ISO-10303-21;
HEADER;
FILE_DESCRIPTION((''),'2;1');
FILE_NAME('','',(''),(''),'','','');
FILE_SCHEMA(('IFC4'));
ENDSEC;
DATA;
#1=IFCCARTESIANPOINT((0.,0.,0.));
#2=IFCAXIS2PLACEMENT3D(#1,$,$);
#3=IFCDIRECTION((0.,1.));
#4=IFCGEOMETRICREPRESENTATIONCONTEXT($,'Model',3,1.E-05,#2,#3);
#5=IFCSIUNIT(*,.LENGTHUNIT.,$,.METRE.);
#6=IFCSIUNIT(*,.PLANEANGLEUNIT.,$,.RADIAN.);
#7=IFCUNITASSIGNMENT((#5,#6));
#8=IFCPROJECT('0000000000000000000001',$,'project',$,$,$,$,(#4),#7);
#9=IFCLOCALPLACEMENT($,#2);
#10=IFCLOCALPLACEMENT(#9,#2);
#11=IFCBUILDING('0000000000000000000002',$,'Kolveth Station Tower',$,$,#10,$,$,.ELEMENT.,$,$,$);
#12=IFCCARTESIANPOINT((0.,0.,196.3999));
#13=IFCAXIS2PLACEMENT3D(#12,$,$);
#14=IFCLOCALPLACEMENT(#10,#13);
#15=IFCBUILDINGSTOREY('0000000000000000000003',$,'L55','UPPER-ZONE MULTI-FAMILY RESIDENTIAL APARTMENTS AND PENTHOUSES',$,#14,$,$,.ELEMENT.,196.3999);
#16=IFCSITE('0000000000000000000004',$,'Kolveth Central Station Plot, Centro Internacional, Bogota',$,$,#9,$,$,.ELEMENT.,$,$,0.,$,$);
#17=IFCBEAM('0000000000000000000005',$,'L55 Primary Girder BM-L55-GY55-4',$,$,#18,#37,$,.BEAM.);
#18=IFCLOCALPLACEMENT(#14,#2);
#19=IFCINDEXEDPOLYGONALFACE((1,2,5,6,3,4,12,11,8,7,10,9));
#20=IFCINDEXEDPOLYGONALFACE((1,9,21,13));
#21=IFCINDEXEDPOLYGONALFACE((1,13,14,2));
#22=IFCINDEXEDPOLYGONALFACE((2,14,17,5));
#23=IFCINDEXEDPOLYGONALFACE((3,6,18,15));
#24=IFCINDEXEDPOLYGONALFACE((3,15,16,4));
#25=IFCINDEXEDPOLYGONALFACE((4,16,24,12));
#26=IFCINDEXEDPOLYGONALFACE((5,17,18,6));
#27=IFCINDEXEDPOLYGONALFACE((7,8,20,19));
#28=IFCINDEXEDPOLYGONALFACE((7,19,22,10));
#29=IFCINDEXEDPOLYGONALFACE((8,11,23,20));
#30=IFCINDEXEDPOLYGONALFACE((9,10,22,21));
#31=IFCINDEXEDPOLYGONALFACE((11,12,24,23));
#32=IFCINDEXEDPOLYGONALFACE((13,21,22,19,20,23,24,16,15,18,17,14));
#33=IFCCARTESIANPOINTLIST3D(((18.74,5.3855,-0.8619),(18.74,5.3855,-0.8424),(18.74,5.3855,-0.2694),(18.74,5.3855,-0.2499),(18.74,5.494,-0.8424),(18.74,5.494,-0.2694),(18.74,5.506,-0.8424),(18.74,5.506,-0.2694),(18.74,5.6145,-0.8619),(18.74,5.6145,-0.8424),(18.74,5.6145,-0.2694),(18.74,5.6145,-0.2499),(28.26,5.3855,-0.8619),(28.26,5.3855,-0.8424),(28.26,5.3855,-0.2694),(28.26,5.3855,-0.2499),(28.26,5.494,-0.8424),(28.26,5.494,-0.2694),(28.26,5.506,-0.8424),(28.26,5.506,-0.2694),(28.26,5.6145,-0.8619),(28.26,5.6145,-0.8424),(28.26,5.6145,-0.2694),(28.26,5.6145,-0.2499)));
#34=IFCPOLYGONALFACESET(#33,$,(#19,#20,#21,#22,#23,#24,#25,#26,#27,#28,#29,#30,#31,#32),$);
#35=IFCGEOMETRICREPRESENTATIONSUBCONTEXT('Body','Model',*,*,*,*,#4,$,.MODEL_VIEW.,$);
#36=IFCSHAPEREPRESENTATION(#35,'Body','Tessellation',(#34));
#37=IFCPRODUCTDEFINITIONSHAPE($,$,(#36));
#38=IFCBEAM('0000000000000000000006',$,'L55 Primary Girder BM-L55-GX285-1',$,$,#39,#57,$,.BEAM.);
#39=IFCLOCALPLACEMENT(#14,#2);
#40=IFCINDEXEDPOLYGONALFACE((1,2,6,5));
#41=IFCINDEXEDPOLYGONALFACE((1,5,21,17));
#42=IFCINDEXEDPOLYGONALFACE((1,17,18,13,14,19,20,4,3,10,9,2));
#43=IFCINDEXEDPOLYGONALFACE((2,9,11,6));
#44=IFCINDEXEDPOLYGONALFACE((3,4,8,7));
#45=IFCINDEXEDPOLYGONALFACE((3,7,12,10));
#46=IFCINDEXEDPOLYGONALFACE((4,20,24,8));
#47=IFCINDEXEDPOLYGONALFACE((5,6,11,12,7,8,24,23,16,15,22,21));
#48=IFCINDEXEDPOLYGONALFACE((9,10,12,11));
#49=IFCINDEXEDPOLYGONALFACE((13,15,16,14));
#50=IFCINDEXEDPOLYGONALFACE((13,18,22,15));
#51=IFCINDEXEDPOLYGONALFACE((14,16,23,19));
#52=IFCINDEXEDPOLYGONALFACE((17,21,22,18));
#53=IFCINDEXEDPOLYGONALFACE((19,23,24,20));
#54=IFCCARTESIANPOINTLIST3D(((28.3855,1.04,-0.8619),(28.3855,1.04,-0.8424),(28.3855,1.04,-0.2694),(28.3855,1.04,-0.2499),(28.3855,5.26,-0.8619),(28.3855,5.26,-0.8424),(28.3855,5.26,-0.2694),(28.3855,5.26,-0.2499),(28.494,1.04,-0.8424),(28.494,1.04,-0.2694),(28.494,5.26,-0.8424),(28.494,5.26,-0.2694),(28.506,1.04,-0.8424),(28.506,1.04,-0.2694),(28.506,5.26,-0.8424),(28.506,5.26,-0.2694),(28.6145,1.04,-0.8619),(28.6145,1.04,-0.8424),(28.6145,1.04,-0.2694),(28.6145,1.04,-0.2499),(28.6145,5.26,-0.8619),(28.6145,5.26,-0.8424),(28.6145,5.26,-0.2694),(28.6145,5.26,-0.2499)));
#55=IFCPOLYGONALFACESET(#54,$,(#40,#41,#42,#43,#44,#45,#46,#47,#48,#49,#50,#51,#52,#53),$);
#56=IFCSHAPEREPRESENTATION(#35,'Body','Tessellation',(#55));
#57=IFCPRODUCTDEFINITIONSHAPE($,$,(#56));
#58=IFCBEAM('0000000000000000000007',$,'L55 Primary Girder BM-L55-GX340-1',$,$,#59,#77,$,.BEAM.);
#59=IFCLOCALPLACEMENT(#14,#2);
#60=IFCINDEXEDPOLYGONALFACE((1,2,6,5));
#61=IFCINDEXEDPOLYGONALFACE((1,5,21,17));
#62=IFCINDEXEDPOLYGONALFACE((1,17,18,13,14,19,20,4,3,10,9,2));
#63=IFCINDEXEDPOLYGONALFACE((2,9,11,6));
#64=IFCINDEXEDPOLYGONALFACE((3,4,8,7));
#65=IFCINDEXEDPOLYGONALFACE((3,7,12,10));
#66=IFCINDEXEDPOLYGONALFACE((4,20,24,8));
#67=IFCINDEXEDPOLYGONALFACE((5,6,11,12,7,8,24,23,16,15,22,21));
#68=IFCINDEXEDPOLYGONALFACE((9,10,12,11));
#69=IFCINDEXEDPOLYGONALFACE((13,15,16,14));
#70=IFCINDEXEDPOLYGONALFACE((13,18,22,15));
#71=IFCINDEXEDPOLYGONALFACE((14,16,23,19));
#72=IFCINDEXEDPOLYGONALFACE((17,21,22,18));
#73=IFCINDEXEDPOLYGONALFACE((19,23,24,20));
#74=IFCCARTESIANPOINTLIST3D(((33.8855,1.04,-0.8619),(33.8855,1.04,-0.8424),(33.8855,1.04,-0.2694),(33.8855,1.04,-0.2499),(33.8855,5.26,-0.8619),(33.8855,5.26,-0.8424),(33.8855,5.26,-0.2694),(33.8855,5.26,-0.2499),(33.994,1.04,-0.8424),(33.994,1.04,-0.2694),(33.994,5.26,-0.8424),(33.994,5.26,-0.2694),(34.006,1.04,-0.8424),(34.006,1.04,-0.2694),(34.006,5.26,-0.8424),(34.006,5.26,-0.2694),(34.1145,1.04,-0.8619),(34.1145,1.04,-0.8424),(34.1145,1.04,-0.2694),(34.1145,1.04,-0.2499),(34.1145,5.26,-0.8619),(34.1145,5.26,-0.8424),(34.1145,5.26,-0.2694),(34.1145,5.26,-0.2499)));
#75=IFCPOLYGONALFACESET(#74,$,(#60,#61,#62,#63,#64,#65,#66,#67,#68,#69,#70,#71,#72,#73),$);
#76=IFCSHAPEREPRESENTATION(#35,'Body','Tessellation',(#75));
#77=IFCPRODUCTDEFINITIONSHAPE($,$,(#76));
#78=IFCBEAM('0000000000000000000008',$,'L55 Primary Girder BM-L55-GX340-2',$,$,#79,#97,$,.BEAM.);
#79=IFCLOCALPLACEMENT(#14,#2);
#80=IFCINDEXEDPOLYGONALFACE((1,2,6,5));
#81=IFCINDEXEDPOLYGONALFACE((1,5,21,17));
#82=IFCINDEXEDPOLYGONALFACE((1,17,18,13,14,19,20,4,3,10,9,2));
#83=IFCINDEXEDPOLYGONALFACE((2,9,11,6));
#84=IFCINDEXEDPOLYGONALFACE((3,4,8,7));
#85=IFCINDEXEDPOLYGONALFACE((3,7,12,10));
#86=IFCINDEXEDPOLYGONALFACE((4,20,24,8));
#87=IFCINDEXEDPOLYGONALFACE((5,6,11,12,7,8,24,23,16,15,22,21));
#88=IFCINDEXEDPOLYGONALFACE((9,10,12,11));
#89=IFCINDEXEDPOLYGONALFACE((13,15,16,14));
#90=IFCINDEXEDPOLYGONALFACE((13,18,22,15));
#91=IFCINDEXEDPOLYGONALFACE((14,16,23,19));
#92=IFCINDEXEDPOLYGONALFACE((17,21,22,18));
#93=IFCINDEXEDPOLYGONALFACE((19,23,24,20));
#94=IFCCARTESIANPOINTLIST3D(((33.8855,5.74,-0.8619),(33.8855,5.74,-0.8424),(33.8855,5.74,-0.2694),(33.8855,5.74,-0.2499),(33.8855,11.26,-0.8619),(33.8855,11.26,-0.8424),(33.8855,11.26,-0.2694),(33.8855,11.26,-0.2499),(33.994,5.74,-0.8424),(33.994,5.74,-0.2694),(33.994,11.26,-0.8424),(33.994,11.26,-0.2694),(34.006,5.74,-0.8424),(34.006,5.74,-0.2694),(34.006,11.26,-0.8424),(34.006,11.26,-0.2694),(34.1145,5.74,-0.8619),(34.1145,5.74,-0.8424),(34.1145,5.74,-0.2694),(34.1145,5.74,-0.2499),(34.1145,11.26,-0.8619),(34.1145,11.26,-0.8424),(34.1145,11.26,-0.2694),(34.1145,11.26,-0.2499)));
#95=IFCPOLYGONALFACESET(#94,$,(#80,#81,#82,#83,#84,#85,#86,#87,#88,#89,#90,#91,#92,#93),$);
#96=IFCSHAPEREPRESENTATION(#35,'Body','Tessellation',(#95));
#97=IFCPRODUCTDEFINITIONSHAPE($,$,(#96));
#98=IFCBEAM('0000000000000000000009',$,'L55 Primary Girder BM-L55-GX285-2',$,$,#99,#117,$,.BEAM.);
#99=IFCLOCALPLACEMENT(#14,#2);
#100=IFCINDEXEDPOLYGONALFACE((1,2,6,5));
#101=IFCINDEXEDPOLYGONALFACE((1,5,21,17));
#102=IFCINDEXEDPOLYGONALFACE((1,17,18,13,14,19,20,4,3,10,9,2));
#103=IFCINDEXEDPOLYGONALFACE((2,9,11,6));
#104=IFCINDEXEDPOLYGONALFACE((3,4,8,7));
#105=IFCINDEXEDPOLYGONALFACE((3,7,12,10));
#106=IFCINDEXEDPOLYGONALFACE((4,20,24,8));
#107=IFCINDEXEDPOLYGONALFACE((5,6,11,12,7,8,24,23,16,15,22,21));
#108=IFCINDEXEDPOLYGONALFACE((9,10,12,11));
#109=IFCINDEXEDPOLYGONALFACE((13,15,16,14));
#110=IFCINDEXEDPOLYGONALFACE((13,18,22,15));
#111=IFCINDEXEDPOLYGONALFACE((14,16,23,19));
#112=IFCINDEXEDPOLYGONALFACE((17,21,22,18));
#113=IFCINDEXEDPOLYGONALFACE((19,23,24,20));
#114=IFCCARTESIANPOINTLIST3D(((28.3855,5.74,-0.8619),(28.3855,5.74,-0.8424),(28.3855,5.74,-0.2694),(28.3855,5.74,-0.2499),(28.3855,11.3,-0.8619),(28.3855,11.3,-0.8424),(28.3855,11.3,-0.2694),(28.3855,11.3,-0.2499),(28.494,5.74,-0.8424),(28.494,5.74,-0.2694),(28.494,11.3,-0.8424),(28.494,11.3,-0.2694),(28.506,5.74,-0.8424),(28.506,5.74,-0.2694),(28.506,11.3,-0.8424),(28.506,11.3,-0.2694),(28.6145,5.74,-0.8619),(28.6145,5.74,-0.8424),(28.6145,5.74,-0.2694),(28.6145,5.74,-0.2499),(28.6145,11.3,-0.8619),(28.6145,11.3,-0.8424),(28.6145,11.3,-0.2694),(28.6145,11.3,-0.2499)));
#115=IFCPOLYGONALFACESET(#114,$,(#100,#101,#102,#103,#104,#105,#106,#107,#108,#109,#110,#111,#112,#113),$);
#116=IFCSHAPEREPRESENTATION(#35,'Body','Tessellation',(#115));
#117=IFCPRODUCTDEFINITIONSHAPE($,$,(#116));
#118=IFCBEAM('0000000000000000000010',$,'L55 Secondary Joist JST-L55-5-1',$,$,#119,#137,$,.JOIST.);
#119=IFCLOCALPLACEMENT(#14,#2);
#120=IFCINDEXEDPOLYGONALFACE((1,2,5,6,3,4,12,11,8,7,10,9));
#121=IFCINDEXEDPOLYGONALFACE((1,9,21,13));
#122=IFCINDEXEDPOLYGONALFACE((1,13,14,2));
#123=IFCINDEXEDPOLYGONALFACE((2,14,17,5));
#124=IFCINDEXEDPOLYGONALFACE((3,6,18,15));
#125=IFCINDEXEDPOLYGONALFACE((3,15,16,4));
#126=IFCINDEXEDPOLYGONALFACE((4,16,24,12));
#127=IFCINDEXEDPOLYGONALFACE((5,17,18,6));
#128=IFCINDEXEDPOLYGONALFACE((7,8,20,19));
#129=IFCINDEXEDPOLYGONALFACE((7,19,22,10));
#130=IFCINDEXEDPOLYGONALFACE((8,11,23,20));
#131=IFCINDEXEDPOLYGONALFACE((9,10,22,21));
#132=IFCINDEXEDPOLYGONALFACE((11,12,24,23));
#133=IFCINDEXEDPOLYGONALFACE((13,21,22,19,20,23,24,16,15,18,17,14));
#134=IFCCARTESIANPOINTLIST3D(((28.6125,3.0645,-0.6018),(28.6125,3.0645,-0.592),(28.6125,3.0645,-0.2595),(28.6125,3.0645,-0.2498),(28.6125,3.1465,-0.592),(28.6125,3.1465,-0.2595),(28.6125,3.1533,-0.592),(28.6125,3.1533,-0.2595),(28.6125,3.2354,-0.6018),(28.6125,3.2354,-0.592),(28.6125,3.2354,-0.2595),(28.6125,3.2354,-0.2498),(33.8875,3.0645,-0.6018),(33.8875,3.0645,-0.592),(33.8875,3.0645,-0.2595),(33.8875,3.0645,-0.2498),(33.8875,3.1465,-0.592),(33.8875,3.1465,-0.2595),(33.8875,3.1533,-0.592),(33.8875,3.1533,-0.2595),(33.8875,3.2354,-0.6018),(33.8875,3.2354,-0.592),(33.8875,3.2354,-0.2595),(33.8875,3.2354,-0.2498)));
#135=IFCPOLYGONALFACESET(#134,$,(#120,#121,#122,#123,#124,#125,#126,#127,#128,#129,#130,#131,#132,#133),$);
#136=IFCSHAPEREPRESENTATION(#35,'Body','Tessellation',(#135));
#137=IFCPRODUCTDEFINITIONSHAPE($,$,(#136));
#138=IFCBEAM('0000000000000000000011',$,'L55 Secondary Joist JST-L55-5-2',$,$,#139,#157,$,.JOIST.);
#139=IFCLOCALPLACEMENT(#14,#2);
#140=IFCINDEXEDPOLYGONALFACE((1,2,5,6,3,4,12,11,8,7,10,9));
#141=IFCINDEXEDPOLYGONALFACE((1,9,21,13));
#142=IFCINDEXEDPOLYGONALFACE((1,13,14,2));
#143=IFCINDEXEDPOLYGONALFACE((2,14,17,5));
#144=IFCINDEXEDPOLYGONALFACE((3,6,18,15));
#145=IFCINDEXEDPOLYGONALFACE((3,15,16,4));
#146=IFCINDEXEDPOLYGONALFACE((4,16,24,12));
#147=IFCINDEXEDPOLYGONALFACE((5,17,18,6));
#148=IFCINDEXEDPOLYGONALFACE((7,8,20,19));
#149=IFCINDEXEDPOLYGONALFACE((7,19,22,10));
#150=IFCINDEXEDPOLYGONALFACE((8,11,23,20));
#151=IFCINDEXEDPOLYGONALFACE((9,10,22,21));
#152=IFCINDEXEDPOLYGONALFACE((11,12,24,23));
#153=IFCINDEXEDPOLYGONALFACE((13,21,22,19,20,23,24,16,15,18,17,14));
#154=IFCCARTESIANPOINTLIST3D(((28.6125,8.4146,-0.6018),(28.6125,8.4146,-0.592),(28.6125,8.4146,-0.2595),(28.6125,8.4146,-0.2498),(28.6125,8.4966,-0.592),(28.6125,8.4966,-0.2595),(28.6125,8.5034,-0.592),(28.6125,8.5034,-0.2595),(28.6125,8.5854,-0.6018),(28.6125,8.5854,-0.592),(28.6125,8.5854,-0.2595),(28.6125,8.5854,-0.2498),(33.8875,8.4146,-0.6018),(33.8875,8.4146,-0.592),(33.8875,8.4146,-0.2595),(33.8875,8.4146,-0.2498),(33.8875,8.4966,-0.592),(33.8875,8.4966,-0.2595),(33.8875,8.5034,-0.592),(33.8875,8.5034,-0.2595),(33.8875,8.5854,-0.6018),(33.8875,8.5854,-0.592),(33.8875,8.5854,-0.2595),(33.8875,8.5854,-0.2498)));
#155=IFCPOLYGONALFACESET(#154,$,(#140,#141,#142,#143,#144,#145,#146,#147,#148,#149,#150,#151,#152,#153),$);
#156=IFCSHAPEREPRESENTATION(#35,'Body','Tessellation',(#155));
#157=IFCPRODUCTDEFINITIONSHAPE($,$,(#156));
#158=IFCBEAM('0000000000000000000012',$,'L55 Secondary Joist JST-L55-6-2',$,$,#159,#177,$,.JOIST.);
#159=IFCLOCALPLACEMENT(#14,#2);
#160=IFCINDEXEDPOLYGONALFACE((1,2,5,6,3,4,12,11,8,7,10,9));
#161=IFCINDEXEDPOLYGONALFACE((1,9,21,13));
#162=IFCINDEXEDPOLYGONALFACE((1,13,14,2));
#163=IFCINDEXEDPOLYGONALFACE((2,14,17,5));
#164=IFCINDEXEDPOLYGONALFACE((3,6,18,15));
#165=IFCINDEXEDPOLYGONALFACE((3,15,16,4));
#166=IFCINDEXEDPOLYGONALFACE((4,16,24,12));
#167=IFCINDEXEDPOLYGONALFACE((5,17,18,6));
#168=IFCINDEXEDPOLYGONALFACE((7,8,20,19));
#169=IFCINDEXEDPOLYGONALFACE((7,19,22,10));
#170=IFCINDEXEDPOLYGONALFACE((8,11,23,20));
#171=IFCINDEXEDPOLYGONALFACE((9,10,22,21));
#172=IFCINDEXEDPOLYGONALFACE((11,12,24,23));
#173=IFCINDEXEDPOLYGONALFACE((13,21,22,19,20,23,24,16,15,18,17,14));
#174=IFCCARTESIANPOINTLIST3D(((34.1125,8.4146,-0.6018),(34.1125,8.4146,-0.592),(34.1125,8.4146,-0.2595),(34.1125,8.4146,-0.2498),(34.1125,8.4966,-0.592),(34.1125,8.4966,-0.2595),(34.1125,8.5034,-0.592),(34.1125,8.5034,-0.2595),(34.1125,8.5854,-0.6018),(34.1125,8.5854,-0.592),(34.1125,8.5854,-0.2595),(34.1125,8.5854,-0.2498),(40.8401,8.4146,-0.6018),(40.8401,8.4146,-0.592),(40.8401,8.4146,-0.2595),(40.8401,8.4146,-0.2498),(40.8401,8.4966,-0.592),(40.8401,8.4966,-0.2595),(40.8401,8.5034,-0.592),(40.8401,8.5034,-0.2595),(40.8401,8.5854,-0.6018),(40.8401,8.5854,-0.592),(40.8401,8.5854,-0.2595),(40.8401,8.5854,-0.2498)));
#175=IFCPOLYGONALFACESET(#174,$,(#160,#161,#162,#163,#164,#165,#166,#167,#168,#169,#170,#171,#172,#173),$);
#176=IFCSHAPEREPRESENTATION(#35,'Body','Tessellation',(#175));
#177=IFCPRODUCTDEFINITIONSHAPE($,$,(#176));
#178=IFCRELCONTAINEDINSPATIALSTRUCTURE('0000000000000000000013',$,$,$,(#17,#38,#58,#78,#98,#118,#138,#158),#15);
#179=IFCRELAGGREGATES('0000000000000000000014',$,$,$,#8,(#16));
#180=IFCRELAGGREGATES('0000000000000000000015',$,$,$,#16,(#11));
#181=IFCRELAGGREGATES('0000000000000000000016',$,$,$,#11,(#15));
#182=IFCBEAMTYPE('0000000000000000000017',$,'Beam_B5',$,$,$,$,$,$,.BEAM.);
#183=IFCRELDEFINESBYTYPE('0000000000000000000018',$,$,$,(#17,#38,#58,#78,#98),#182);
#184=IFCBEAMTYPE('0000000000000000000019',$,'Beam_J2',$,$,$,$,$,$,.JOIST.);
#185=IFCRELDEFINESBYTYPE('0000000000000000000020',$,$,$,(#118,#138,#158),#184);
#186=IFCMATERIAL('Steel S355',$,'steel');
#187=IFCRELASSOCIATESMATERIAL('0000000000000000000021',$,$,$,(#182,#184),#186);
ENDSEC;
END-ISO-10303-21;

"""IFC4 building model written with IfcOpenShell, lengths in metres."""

from ifc_helpers import new_model, si_unit, direction, frame, origin, origin_2d, place, context, subcontext, project, spatial, i_section, extrude, source, transform, mapped, material, material_profile, profile_set, type_object, element, save


model = new_model("IFC4")

# Units and contexts
model_context = context("Model", 3, precision=1e-05, world=origin(), true_north=direction((0.0, 1.0)))
body_context = subcontext(model_context, "Body", "Model", "MODEL_VIEW")
ifc_project = project(units=[si_unit("LENGTHUNIT", "METRE"), si_unit("PLANEANGLEUNIT", "RADIAN")], contexts=[model_context])

# Site, building, storey
site_placement = place(None, origin())
site = spatial("IfcSite", under=ifc_project, at=site_placement, Name="Kolveth Central Station Plot, Centro Internacional, Bogota", CompositionType="ELEMENT", RefElevation=0.0)
building_placement = place(site_placement, origin())
building = spatial("IfcBuilding", under=site, at=building_placement, Name="Kolveth Station Tower", CompositionType="ELEMENT")
storey_placement = place(building_placement, frame((0.0, 0.0, 196.3999)))
storey = spatial("IfcBuildingStorey", under=building, at=storey_placement, Name="L55", Description="UPPER-ZONE MULTI-FAMILY RESIDENTIAL APARTMENTS AND PENTHOUSES", CompositionType="ELEMENT", Elevation=196.3999)

# Shared definitions
ifc_material_1 = material(Name="Steel S355", Category="steel")

# Beams
ifc_material_profile_1 = material_profile(ifc_material_1, i_section(OverallWidth=0.229, OverallDepth=0.6121, WebThickness=0.012, FlangeThickness=0.0195, at=origin_2d()), Name="W610x125")
ifc_profile_set_1 = profile_set([ifc_material_profile_1], Name="Steel S355")
beam_type_1 = type_object("IfcBeamType", Name="Beam_B5", PredefinedType="BEAM", material=ifc_profile_set_1)
shared_shape_1 = source(origin(), body_context, "Body", "SweptSolid", [
    extrude(i_section(OverallWidth=0.229, OverallDepth=0.6121, WebThickness=0.012, FlangeThickness=0.0195, at=origin_2d()), origin(), (0.0, 0.0, 1.0), 9.52),
])
beam_1_placement = place(storey_placement, frame((18.74, 5.5, -0.5559), z_axis=(1.0, 0.0, 0.0), x_axis=(0.0, 1.0, 0.0)))
element("IfcBeam", 1, at=beam_1_placement, inside=storey, type_object=beam_type_1, Name="L55 Primary Girder BM-L55-GY55-4", PredefinedType="BEAM", context=body_context, shape_type="MappedRepresentation", body=[
    mapped(shared_shape_1, transform((0.0, 0.0, 0.0), x_axis=(1.0, 0.0, 0.0), y_axis=(0.0, 1.0, 0.0), z_axis=(0.0, 0.0, 1.0), scale=1.0)),
])
shared_shape_2 = source(origin(), body_context, "Body", "SweptSolid", [
    extrude(i_section(OverallWidth=0.229, OverallDepth=0.6121, WebThickness=0.012, FlangeThickness=0.0195, at=origin_2d()), origin(), (0.0, 0.0, 1.0), 4.22),
])
for number, where, z_axis, x_axis, name in (
    (2, (28.5, 1.04, -0.5559), (0.0, 1.0, 0.0), (-1.0, 0.0, 0.0), "L55 Primary Girder BM-L55-GX285-1"),
    (3, (34.0, 1.04, -0.5559), (0.0, 1.0, 0.0), (-1.0, 0.0, 0.0), "L55 Primary Girder BM-L55-GX340-1"),
):
    element("IfcBeam", number, at=place(storey_placement, frame(where, z_axis=z_axis, x_axis=x_axis)), inside=storey, type_object=beam_type_1, Name=name, PredefinedType="BEAM", context=body_context, shape_type="MappedRepresentation", body=[
        mapped(shared_shape_2, transform((0.0, 0.0, 0.0), x_axis=(1.0, 0.0, 0.0), y_axis=(0.0, 1.0, 0.0), z_axis=(0.0, 0.0, 1.0), scale=1.0)),
    ])
shared_shape_3 = source(origin(), body_context, "Body", "SweptSolid", [
    extrude(i_section(OverallWidth=0.229, OverallDepth=0.6121, WebThickness=0.012, FlangeThickness=0.0195, at=origin_2d()), origin(), (0.0, 0.0, 1.0), 5.52),
])
beam_2_placement = place(storey_placement, frame((34.0, 5.74, -0.5559), z_axis=(0.0, 1.0, 0.0), x_axis=(-1.0, 0.0, 0.0)))
element("IfcBeam", 4, at=beam_2_placement, inside=storey, type_object=beam_type_1, Name="L55 Primary Girder BM-L55-GX340-2", PredefinedType="BEAM", context=body_context, shape_type="MappedRepresentation", body=[
    mapped(shared_shape_3, transform((0.0, 0.0, 0.0), x_axis=(1.0, 0.0, 0.0), y_axis=(0.0, 1.0, 0.0), z_axis=(0.0, 0.0, 1.0), scale=1.0)),
])
shared_shape_4 = source(origin(), body_context, "Body", "SweptSolid", [
    extrude(i_section(OverallWidth=0.229, OverallDepth=0.6121, WebThickness=0.012, FlangeThickness=0.0195, at=origin_2d()), origin(), (0.0, 0.0, 1.0), 5.5601),
])
beam_3_placement = place(storey_placement, frame((28.5, 5.74, -0.5559), z_axis=(0.0, 1.0, 0.0), x_axis=(-1.0, 0.0, 0.0)))
element("IfcBeam", 5, at=beam_3_placement, inside=storey, type_object=beam_type_1, Name="L55 Primary Girder BM-L55-GX285-2", PredefinedType="BEAM", context=body_context, shape_type="MappedRepresentation", body=[
    mapped(shared_shape_4, transform((0.0, 0.0, 0.0), x_axis=(1.0, 0.0, 0.0), y_axis=(0.0, 1.0, 0.0), z_axis=(0.0, 0.0, 1.0), scale=1.0)),
])
ifc_material_profile_2 = material_profile(ifc_material_1, i_section(OverallWidth=0.1709, OverallDepth=0.3521, WebThickness=0.0068, FlangeThickness=0.0098, at=origin_2d()), Name="W360x44")
ifc_profile_set_2 = profile_set([ifc_material_profile_2], Name="Steel S355")
beam_type_2 = type_object("IfcBeamType", Name="Beam_J2", PredefinedType="JOIST", material=ifc_profile_set_2)
shared_shape_5 = source(origin(), body_context, "Body", "SweptSolid", [
    extrude(i_section(OverallWidth=0.1709, OverallDepth=0.3521, WebThickness=0.0068, FlangeThickness=0.0098, at=origin_2d()), origin(), (0.0, 0.0, 1.0), 5.2749),
])
for number, where, z_axis, x_axis, name in (
    (6, (28.6125, 3.1499, -0.4258), (1.0, 0.0, 0.0), (0.0, 1.0, 0.0), "L55 Secondary Joist JST-L55-5-1"),
    (7, (28.6125, 8.5, -0.4258), (1.0, 0.0, 0.0), (0.0, 1.0, 0.0), "L55 Secondary Joist JST-L55-5-2"),
):
    element("IfcBeam", number, at=place(storey_placement, frame(where, z_axis=z_axis, x_axis=x_axis)), inside=storey, type_object=beam_type_2, Name=name, PredefinedType="JOIST", context=body_context, shape_type="MappedRepresentation", body=[
        mapped(shared_shape_5, transform((0.0, 0.0, 0.0), x_axis=(1.0, 0.0, 0.0), y_axis=(0.0, 1.0, 0.0), z_axis=(0.0, 0.0, 1.0), scale=1.0)),
    ])
shared_shape_6 = source(origin(), body_context, "Body", "SweptSolid", [
    extrude(i_section(OverallWidth=0.1709, OverallDepth=0.3521, WebThickness=0.0068, FlangeThickness=0.0098, at=origin_2d()), origin(), (0.0, 0.0, 1.0), 6.7275),
])
beam_4_placement = place(storey_placement, frame((34.1125, 8.5, -0.4258), z_axis=(1.0, 0.0, 0.0), x_axis=(0.0, 1.0, 0.0)))
element("IfcBeam", 8, at=beam_4_placement, inside=storey, type_object=beam_type_2, Name="L55 Secondary Joist JST-L55-6-2", PredefinedType="JOIST", context=body_context, shape_type="MappedRepresentation", body=[
    mapped(shared_shape_6, transform((0.0, 0.0, 0.0), x_axis=(1.0, 0.0, 0.0), y_axis=(0.0, 1.0, 0.0), z_axis=(0.0, 0.0, 1.0), scale=1.0)),
])

save(model, "model.ifc")
